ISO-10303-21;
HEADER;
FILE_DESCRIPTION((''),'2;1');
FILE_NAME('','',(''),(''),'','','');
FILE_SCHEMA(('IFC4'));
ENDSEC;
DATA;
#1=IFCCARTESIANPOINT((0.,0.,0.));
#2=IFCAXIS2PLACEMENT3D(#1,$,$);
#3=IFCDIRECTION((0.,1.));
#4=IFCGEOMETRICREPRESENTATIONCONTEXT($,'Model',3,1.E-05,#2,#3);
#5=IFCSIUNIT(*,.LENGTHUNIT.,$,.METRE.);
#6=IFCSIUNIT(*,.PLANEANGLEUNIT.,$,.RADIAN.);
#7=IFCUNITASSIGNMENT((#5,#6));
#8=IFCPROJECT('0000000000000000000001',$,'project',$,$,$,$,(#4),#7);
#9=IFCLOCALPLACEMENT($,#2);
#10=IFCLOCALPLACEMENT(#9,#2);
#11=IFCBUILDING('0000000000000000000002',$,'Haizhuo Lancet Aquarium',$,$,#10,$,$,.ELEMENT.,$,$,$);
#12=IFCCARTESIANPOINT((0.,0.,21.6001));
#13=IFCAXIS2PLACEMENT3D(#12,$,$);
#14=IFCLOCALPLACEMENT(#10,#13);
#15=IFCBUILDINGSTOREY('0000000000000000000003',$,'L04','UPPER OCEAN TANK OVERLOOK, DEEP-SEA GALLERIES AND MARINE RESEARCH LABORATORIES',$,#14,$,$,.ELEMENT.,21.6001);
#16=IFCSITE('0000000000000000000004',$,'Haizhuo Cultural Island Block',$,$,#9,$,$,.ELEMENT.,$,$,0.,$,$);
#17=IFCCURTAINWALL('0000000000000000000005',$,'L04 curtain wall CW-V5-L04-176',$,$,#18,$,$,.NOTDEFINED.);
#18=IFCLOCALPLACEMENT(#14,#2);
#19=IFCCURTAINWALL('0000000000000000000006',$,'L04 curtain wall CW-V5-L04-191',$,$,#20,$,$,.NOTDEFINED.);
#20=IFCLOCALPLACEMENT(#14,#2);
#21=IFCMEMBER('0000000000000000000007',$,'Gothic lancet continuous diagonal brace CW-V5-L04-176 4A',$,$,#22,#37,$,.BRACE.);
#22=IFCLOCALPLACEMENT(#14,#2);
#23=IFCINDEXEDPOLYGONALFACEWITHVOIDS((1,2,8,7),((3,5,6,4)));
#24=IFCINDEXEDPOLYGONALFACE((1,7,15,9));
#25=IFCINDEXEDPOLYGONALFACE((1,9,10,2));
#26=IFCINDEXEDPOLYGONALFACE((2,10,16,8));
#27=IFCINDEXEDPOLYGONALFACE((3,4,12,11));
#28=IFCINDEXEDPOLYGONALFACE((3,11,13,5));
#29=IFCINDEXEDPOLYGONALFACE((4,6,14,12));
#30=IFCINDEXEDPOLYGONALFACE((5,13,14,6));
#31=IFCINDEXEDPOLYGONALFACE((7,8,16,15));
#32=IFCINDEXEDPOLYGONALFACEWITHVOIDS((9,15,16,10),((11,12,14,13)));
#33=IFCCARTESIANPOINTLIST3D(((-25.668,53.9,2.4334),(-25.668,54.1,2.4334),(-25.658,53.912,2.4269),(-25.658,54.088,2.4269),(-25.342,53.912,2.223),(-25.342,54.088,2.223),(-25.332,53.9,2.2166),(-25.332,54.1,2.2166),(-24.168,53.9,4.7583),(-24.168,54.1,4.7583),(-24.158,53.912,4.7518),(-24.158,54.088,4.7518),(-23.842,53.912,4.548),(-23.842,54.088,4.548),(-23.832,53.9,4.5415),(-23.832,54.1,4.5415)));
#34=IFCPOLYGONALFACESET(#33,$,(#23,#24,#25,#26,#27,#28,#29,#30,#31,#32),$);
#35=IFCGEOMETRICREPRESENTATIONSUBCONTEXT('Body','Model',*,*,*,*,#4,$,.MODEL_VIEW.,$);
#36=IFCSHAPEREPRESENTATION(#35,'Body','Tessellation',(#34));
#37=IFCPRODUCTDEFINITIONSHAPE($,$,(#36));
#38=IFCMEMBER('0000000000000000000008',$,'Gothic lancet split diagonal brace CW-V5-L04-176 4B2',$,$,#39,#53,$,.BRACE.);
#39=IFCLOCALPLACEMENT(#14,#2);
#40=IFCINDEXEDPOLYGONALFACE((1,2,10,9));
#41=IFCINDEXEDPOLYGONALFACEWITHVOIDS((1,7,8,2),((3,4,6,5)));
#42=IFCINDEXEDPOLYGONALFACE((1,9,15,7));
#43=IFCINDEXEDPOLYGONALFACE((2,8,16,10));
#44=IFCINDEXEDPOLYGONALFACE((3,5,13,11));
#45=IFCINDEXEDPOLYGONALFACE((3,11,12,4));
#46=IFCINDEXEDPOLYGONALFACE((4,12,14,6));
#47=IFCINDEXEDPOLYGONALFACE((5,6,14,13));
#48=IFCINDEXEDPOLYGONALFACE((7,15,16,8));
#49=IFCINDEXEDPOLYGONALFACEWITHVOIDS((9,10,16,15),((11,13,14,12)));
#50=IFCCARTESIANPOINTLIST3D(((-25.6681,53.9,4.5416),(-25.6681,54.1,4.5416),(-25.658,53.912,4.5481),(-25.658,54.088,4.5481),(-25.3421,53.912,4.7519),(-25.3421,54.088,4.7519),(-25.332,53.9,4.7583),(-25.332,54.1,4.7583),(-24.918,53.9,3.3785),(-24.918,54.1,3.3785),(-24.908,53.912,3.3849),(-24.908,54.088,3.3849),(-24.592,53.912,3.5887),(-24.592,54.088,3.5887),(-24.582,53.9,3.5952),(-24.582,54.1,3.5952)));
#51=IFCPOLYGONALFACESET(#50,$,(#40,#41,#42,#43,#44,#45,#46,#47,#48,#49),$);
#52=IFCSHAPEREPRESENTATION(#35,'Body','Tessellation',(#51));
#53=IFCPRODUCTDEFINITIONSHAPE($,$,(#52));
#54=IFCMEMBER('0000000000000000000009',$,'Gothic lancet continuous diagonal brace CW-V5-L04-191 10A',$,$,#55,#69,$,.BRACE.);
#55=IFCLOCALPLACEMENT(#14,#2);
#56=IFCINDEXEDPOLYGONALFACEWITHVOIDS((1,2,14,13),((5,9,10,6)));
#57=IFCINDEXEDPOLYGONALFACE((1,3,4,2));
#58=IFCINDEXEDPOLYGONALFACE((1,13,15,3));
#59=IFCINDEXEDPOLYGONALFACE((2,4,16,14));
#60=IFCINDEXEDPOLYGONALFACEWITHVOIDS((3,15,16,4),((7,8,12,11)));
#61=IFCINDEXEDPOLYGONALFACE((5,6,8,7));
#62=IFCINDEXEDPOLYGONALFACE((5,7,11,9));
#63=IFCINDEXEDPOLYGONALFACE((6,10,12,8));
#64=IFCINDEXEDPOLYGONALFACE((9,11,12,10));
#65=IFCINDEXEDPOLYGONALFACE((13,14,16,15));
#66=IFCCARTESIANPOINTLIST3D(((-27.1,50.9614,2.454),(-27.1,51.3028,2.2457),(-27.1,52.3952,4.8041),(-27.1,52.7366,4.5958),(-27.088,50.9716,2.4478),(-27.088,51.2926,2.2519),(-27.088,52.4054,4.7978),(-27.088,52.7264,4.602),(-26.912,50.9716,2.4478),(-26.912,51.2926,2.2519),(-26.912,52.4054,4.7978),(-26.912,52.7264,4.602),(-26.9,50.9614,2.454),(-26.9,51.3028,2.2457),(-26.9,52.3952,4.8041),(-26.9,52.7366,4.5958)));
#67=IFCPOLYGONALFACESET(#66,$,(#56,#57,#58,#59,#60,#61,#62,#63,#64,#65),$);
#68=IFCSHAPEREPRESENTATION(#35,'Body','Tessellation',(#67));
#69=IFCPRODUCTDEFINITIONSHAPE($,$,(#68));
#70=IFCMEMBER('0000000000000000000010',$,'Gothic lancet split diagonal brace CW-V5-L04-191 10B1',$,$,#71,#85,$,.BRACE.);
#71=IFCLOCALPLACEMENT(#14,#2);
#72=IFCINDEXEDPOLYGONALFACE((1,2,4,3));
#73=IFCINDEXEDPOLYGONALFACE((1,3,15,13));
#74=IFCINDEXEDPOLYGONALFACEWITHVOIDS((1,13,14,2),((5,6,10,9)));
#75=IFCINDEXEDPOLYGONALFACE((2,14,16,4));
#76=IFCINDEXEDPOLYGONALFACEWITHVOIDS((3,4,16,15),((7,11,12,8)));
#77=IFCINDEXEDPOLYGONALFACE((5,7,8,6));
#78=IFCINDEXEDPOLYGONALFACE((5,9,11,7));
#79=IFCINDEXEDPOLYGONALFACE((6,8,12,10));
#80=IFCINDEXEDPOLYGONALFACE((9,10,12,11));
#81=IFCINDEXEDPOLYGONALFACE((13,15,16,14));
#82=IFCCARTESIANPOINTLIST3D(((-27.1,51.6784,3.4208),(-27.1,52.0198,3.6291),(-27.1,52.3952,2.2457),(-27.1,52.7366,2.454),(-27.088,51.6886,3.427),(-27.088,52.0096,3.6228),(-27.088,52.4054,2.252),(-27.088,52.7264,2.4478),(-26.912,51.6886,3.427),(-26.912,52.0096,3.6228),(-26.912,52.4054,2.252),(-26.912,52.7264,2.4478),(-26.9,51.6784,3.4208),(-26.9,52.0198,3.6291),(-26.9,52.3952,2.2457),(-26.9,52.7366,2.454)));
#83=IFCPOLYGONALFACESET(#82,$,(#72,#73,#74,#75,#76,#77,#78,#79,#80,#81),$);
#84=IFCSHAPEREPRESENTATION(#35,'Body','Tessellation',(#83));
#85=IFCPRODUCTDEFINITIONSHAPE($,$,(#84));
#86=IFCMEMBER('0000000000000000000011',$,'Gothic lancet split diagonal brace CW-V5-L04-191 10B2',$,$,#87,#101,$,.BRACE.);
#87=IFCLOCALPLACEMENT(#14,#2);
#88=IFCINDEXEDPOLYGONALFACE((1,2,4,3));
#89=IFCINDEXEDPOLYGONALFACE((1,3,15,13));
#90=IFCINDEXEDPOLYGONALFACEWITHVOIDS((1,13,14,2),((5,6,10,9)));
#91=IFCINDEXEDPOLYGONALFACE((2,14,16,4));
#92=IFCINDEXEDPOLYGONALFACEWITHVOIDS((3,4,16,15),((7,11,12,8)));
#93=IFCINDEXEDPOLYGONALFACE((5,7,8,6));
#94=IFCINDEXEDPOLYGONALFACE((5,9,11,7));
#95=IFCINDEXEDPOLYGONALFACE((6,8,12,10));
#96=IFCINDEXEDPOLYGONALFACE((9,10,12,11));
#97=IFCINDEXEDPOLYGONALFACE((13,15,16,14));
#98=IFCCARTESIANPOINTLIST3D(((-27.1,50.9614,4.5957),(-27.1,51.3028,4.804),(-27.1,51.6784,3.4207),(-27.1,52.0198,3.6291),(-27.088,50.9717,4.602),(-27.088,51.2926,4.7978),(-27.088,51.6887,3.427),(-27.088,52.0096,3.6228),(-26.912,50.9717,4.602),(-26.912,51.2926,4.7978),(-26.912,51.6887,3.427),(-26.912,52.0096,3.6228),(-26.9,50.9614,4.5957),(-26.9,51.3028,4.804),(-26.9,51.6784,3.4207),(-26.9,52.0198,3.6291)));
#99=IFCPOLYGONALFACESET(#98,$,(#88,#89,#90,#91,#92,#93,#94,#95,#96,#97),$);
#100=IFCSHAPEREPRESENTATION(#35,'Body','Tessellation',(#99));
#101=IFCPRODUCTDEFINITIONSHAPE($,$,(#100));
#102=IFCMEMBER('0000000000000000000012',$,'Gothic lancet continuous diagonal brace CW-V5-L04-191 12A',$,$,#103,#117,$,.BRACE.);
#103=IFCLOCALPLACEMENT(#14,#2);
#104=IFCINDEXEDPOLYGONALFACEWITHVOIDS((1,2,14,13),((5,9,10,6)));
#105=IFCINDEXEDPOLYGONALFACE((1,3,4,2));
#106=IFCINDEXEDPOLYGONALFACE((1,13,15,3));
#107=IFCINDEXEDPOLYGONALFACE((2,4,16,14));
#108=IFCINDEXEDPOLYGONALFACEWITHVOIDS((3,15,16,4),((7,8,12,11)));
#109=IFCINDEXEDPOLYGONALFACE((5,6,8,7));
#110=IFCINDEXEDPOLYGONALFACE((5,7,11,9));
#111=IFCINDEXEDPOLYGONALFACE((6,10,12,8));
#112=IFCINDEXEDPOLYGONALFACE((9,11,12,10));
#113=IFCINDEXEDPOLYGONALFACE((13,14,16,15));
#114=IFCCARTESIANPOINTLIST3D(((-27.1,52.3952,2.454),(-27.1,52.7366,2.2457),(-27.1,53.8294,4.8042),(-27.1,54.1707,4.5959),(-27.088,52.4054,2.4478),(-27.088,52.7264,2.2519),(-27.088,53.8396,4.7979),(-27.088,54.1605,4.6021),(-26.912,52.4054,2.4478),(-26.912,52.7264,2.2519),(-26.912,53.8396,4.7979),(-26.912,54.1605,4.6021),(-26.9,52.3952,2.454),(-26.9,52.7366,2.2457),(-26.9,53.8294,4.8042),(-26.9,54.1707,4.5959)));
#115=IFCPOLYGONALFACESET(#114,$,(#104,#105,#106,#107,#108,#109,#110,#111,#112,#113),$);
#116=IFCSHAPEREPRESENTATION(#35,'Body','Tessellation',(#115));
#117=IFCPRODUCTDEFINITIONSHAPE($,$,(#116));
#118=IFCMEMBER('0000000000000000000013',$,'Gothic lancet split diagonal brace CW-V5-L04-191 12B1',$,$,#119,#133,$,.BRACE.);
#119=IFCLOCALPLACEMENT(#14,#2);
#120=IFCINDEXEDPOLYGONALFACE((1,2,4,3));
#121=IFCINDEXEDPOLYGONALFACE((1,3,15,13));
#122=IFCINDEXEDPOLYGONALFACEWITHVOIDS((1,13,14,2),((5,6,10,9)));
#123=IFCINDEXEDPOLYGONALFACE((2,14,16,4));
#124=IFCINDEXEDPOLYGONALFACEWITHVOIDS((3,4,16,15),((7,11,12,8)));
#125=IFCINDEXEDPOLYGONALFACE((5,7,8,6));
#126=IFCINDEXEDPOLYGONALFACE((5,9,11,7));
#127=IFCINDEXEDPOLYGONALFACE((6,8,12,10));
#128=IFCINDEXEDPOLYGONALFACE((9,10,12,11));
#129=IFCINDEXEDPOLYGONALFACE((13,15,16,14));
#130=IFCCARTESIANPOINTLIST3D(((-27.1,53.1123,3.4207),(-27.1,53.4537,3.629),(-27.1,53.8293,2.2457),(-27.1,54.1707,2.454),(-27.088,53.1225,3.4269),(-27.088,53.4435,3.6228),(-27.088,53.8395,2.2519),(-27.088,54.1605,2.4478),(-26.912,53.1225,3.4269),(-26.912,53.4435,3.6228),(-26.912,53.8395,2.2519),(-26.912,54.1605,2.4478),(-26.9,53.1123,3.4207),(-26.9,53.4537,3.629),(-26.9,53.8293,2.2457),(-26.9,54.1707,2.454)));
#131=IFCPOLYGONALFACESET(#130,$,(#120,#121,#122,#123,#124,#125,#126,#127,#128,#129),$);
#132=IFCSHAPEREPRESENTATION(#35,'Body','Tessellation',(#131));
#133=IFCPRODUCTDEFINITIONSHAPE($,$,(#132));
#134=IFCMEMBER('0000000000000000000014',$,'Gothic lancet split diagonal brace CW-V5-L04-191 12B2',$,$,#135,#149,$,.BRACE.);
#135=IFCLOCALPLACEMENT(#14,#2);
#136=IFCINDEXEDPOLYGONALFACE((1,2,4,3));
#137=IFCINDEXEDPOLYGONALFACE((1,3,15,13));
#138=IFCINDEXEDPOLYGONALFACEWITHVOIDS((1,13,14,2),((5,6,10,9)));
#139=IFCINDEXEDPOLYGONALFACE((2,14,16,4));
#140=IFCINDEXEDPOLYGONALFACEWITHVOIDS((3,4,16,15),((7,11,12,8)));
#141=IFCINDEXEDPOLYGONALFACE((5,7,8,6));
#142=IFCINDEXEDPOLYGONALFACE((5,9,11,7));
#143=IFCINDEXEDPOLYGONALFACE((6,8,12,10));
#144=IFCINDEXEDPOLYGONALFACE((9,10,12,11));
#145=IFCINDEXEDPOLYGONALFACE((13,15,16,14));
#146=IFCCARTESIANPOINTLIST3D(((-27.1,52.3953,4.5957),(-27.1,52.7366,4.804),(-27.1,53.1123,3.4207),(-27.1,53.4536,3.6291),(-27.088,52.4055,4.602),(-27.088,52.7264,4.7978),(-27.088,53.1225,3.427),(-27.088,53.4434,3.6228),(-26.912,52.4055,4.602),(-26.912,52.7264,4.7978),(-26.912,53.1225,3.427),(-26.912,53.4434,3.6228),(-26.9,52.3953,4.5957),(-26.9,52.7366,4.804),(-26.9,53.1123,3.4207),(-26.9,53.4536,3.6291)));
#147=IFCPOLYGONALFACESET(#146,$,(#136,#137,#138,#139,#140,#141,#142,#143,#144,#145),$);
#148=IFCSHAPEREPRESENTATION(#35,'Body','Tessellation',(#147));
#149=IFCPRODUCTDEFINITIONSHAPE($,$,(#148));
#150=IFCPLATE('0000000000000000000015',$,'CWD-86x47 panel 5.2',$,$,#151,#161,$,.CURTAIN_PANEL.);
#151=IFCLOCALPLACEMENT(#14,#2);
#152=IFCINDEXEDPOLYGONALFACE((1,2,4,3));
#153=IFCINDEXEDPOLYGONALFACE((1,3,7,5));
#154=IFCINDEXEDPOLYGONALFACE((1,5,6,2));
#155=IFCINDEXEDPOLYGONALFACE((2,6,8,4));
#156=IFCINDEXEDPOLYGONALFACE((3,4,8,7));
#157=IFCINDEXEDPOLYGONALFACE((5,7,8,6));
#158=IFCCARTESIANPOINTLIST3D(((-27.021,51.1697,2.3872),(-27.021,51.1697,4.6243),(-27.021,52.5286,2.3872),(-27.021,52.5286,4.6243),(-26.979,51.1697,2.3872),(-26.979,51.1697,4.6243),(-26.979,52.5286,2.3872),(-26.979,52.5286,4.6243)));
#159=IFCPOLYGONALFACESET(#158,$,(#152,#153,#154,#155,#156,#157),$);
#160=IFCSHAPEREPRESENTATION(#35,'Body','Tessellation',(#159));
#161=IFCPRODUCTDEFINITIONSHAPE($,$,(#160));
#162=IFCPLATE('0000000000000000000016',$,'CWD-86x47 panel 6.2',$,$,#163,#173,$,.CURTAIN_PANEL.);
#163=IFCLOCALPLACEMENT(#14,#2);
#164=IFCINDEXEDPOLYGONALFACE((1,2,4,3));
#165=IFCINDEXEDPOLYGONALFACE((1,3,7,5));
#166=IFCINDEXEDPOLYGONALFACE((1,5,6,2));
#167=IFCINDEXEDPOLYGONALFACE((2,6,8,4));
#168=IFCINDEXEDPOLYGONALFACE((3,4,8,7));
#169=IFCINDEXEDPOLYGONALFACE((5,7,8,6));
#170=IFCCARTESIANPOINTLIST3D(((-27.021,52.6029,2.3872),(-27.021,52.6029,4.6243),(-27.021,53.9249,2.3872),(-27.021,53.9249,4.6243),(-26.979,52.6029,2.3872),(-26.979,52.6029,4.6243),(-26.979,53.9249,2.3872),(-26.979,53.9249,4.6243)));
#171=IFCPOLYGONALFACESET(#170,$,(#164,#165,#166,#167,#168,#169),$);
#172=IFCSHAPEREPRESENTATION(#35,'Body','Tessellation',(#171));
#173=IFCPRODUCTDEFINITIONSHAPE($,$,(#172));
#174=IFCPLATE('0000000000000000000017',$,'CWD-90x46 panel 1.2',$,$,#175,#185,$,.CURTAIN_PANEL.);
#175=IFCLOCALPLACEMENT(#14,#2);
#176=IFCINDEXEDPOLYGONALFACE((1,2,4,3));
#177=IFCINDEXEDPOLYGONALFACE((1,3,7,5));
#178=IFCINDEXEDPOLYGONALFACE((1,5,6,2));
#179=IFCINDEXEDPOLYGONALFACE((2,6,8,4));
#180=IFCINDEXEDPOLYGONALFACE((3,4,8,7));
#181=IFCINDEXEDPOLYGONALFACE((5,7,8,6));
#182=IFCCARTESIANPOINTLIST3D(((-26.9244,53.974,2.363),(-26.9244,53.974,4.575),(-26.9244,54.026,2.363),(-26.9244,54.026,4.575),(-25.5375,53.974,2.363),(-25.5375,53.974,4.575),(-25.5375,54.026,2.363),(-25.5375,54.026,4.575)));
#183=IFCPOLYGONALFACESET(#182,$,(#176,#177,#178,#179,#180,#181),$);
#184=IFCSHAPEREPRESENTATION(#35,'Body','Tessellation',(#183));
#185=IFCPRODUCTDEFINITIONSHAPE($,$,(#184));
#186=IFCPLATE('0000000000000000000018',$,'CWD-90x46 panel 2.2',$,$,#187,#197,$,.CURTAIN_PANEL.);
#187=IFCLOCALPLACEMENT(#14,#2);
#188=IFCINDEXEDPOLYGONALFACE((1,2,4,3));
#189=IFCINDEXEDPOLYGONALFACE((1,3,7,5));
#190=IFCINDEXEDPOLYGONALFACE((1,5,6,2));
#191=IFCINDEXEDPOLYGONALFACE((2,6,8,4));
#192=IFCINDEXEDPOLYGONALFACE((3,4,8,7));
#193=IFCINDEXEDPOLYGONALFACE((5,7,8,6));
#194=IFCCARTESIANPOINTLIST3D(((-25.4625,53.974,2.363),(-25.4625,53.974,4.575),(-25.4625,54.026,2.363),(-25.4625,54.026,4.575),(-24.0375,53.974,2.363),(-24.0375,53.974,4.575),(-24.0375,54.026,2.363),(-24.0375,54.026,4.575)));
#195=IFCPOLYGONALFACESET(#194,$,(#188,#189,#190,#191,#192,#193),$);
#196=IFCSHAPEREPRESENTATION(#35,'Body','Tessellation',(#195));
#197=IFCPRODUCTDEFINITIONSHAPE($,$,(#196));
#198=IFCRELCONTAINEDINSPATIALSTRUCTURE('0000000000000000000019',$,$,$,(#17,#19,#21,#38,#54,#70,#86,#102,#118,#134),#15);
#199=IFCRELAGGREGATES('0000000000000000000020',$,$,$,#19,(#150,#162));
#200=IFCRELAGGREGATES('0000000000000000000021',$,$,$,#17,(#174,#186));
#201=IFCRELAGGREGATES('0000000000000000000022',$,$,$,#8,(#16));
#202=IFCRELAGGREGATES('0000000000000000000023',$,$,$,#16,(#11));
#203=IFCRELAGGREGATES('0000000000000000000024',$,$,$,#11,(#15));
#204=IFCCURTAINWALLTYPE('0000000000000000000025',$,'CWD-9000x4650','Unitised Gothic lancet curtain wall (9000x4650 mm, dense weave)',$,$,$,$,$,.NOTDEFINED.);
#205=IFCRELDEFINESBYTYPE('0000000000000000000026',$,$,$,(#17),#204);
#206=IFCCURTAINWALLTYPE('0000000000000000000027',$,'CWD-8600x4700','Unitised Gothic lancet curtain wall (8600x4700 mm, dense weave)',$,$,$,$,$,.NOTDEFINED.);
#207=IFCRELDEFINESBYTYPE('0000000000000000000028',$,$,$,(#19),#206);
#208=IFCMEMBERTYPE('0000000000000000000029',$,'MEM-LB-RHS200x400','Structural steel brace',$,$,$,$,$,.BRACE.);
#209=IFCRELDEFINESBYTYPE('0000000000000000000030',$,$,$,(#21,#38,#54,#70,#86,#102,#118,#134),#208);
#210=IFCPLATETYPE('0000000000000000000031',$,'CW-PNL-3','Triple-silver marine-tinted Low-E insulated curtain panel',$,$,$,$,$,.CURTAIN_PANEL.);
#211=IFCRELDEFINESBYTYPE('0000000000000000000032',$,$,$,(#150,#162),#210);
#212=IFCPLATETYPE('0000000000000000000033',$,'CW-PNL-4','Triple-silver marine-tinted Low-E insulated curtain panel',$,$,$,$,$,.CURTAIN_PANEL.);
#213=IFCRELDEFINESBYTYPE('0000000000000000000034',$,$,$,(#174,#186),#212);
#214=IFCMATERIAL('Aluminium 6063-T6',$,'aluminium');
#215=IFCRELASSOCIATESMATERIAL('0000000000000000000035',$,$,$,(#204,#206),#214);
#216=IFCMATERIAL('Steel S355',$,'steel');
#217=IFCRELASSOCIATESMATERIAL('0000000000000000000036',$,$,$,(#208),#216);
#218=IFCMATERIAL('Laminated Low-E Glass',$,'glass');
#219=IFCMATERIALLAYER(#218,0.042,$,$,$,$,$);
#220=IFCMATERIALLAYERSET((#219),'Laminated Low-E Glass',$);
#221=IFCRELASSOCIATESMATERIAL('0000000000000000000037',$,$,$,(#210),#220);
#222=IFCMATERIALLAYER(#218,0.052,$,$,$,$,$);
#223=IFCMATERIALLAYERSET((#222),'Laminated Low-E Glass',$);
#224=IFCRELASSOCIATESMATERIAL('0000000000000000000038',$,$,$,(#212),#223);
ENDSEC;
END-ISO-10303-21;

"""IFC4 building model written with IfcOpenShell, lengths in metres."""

from ifc_helpers import new_model, si_unit, direction, frame, origin, origin_2d, place, context, subcontext, project, spatial, rectangle, hollow_rectangle, extrude, material, layer, layer_set, material_profile, profile_set, type_object, element, aggregate, save


model = new_model("IFC4")

# Units and contexts
model_context = context("Model", 3, precision=1e-05, world=origin(), true_north=direction((0.0, 1.0)))
body_context = subcontext(model_context, "Body", "Model", "MODEL_VIEW")
ifc_project = project(units=[si_unit("LENGTHUNIT", "METRE"), si_unit("PLANEANGLEUNIT", "RADIAN")], contexts=[model_context])

# Site, building, storey
site_placement = place(None, origin())
site = spatial("IfcSite", under=ifc_project, at=site_placement, Name="Haizhuo Cultural Island Block", CompositionType="ELEMENT", RefElevation=0.0)
building_placement = place(site_placement, origin())
building = spatial("IfcBuilding", under=site, at=building_placement, Name="Haizhuo Lancet Aquarium", CompositionType="ELEMENT")
storey_placement = place(building_placement, frame((0.0, 0.0, 21.6001)))
storey = spatial("IfcBuildingStorey", under=building, at=storey_placement, Name="L04", Description="UPPER OCEAN TANK OVERLOOK, DEEP-SEA GALLERIES AND MARINE RESEARCH LABORATORIES", CompositionType="ELEMENT", Elevation=21.6001)

# Curtain walls
ifc_material_1 = material(Name="Aluminium 6063-T6", Category="aluminium")
curtain_wall_type_1 = type_object("IfcCurtainWallType", Name="CWD-9000x4650", Description="Unitised Gothic lancet curtain wall (9000x4650 mm, dense weave)", PredefinedType="NOTDEFINED", material=ifc_material_1)
curtain_wall_1_placement = place(storey_placement, origin())
curtain_wall_1 = element("IfcCurtainWall", 1, at=curtain_wall_1_placement, inside=storey, type_object=curtain_wall_type_1, Name="L04 curtain wall CW-V5-L04-176", PredefinedType="NOTDEFINED")
curtain_wall_type_2 = type_object("IfcCurtainWallType", Name="CWD-8600x4700", Description="Unitised Gothic lancet curtain wall (8600x4700 mm, dense weave)", PredefinedType="NOTDEFINED", material=ifc_material_1)
curtain_wall_2_placement = place(storey_placement, origin())
curtain_wall_2 = element("IfcCurtainWall", 2, at=curtain_wall_2_placement, inside=storey, type_object=curtain_wall_type_2, Name="L04 curtain wall CW-V5-L04-191", PredefinedType="NOTDEFINED")

# Members
ifc_material_2 = material(Name="Steel S355", Category="steel")
ifc_material_profile_1 = material_profile(ifc_material_2, hollow_rectangle(XDim=0.2, YDim=0.3999, WallThickness=0.012, at=origin_2d()), Name="RHS 200x400x12")
ifc_profile_set_1 = profile_set([ifc_material_profile_1], Name="Steel S355")
member_type_1 = type_object("IfcMemberType", Name="MEM-LB-RHS200x400", Description="Structural steel brace", PredefinedType="BRACE", material=ifc_profile_set_1)
member_1_placement = place(storey_placement, frame((-25.5, 54.0, 2.325), z_axis=(0.542135, 0.0, 0.840291), x_axis=(0.0, 1.0, 0.0)))
element("IfcMember", 3, at=member_1_placement, inside=storey, type_object=member_type_1, Name="Gothic lancet continuous diagonal brace CW-V5-L04-176 4A", PredefinedType="BRACE", context=body_context, shape_type="SweptSolid", body=[
    extrude(hollow_rectangle(XDim=0.2, YDim=0.3999, WallThickness=0.012, at=origin_2d()), origin(), (0.0, 0.0, 1.0), 2.7668),
])
member_2_placement = place(storey_placement, frame((-24.75, 54.0, 3.4868), z_axis=(-0.541934, 0.0, 0.840421), x_axis=(0.0, -1.0, 0.0)))
element("IfcMember", 4, at=member_2_placement, inside=storey, type_object=member_type_1, Name="Gothic lancet split diagonal brace CW-V5-L04-176 4B2", PredefinedType="BRACE", context=body_context, shape_type="SweptSolid", body=[
    extrude(hollow_rectangle(XDim=0.2, YDim=0.3999, WallThickness=0.012, at=origin_2d()), origin(), (0.0, 0.0, 1.0), 1.384),
])
member_3_placement = place(storey_placement, frame((-27.0, 51.1321, 2.3499), z_axis=(0.0, 0.520833, 0.853659), x_axis=(-1.0, 0.0, 0.0)))
element("IfcMember", 5, at=member_3_placement, inside=storey, type_object=member_type_1, Name="Gothic lancet continuous diagonal brace CW-V5-L04-191 10A", PredefinedType="BRACE", context=body_context, shape_type="SweptSolid", body=[
    extrude(hollow_rectangle(XDim=0.2, YDim=0.3999, WallThickness=0.012, at=origin_2d()), origin(), (0.0, 0.0, 1.0), 2.7529),
])
for number, where, z_axis, x_axis, name in (
    (6, (-27.0, 52.5659, 2.3499), (0.0, -0.520768, 0.853698), (1.0, 0.0, 0.0), "Gothic lancet split diagonal brace CW-V5-L04-191 10B1"),
    (7, (-27.0, 51.8491, 3.5249), (0.0, -0.520898, 0.853619), (1.0, 0.0, 0.0), "Gothic lancet split diagonal brace CW-V5-L04-191 10B2"),
):
    element("IfcMember", number, at=place(storey_placement, frame(where, z_axis=z_axis, x_axis=x_axis)), inside=storey, type_object=member_type_1, Name=name, PredefinedType="BRACE", context=body_context, shape_type="SweptSolid", body=[
        extrude(hollow_rectangle(XDim=0.2, YDim=0.3999, WallThickness=0.012, at=origin_2d()), origin(), (0.0, 0.0, 1.0), 1.3765),
    ])
member_4_placement = place(storey_placement, frame((-27.0, 52.5659, 2.3499), z_axis=(0.0, 0.520898, 0.853619), x_axis=(-1.0, 0.0, 0.0)))
element("IfcMember", 8, at=member_4_placement, inside=storey, type_object=member_type_1, Name="Gothic lancet continuous diagonal brace CW-V5-L04-191 12A", PredefinedType="BRACE", context=body_context, shape_type="SweptSolid", body=[
    extrude(hollow_rectangle(XDim=0.2, YDim=0.3999, WallThickness=0.012, at=origin_2d()), origin(), (0.0, 0.0, 1.0), 2.7532),
])
for number, where, z_axis, x_axis, name in (
    (9, (-27.0, 54.0, 2.3499), (0.0, -0.520898, 0.853619), (1.0, 0.0, 0.0), "Gothic lancet split diagonal brace CW-V5-L04-191 12B1"),
    (10, (-27.0, 53.283, 3.5249), (0.0, -0.520898, 0.853619), (1.0, 0.0, 0.0), "Gothic lancet split diagonal brace CW-V5-L04-191 12B2"),
):
    element("IfcMember", number, at=place(storey_placement, frame(where, z_axis=z_axis, x_axis=x_axis)), inside=storey, type_object=member_type_1, Name=name, PredefinedType="BRACE", context=body_context, shape_type="SweptSolid", body=[
        extrude(hollow_rectangle(XDim=0.2, YDim=0.3999, WallThickness=0.012, at=origin_2d()), origin(), (0.0, 0.0, 1.0), 1.3765),
    ])

# Plates
ifc_material_3 = material(Name="Laminated Low-E Glass", Category="glass")
ifc_layer_1 = layer(ifc_material_3, 0.042)
ifc_layer_set_1 = layer_set([ifc_layer_1], Name="Laminated Low-E Glass")
plate_type_1 = type_object("IfcPlateType", Name="CW-PNL-3", Description="Triple-silver marine-tinted Low-E insulated curtain panel", PredefinedType="CURTAIN_PANEL", material=ifc_layer_set_1)
plate_1_placement = place(storey_placement, frame((-27.0, 51.8491, 2.3872), z_axis=(0.0, 0.0, 1.0), x_axis=(0.0, 1.0, 0.0)))
plate_1 = element("IfcPlate", 11, at=plate_1_placement, type_object=plate_type_1, Name="CWD-86x47 panel 5.2", PredefinedType="CURTAIN_PANEL", context=body_context, shape_type="SweptSolid", body=[
    extrude(rectangle(XDim=1.3589, YDim=0.042, at=origin_2d()), origin(), (0.0, 0.0, 1.0), 2.2371),
])
plate_2_placement = place(storey_placement, frame((-27.0, 53.2639, 2.3872), z_axis=(0.0, 0.0, 1.0), x_axis=(0.0, 1.0, 0.0)))
plate_2 = element("IfcPlate", 12, at=plate_2_placement, type_object=plate_type_1, Name="CWD-86x47 panel 6.2", PredefinedType="CURTAIN_PANEL", context=body_context, shape_type="SweptSolid", body=[
    extrude(rectangle(XDim=1.322, YDim=0.042, at=origin_2d()), origin(), (0.0, 0.0, 1.0), 2.2371),
])
aggregate(curtain_wall_2, [plate_1, plate_2])
ifc_layer_2 = layer(ifc_material_3, 0.052)
ifc_layer_set_2 = layer_set([ifc_layer_2], Name="Laminated Low-E Glass")
plate_type_2 = type_object("IfcPlateType", Name="CW-PNL-4", Description="Triple-silver marine-tinted Low-E insulated curtain panel", PredefinedType="CURTAIN_PANEL", material=ifc_layer_set_2)
plate_3_placement = place(storey_placement, frame((-26.231, 54.0, 2.363), z_axis=(0.0, 0.0, 1.0), x_axis=(1.0, 0.0, 0.0)))
plate_3 = element("IfcPlate", 13, at=plate_3_placement, type_object=plate_type_2, Name="CWD-90x46 panel 1.2", PredefinedType="CURTAIN_PANEL", context=body_context, shape_type="SweptSolid", body=[
    extrude(rectangle(XDim=1.387, YDim=0.052, at=origin_2d()), origin(), (0.0, 0.0, 1.0), 2.2119),
])
plate_4_placement = place(storey_placement, frame((-24.75, 54.0, 2.363), z_axis=(0.0, 0.0, 1.0), x_axis=(1.0, 0.0, 0.0)))
plate_4 = element("IfcPlate", 14, at=plate_4_placement, type_object=plate_type_2, Name="CWD-90x46 panel 2.2", PredefinedType="CURTAIN_PANEL", context=body_context, shape_type="SweptSolid", body=[
    extrude(rectangle(XDim=1.425, YDim=0.052, at=origin_2d()), origin(), (0.0, 0.0, 1.0), 2.2119),
])
aggregate(curtain_wall_1, [plate_3, plate_4])

save(model, "model.ifc")
